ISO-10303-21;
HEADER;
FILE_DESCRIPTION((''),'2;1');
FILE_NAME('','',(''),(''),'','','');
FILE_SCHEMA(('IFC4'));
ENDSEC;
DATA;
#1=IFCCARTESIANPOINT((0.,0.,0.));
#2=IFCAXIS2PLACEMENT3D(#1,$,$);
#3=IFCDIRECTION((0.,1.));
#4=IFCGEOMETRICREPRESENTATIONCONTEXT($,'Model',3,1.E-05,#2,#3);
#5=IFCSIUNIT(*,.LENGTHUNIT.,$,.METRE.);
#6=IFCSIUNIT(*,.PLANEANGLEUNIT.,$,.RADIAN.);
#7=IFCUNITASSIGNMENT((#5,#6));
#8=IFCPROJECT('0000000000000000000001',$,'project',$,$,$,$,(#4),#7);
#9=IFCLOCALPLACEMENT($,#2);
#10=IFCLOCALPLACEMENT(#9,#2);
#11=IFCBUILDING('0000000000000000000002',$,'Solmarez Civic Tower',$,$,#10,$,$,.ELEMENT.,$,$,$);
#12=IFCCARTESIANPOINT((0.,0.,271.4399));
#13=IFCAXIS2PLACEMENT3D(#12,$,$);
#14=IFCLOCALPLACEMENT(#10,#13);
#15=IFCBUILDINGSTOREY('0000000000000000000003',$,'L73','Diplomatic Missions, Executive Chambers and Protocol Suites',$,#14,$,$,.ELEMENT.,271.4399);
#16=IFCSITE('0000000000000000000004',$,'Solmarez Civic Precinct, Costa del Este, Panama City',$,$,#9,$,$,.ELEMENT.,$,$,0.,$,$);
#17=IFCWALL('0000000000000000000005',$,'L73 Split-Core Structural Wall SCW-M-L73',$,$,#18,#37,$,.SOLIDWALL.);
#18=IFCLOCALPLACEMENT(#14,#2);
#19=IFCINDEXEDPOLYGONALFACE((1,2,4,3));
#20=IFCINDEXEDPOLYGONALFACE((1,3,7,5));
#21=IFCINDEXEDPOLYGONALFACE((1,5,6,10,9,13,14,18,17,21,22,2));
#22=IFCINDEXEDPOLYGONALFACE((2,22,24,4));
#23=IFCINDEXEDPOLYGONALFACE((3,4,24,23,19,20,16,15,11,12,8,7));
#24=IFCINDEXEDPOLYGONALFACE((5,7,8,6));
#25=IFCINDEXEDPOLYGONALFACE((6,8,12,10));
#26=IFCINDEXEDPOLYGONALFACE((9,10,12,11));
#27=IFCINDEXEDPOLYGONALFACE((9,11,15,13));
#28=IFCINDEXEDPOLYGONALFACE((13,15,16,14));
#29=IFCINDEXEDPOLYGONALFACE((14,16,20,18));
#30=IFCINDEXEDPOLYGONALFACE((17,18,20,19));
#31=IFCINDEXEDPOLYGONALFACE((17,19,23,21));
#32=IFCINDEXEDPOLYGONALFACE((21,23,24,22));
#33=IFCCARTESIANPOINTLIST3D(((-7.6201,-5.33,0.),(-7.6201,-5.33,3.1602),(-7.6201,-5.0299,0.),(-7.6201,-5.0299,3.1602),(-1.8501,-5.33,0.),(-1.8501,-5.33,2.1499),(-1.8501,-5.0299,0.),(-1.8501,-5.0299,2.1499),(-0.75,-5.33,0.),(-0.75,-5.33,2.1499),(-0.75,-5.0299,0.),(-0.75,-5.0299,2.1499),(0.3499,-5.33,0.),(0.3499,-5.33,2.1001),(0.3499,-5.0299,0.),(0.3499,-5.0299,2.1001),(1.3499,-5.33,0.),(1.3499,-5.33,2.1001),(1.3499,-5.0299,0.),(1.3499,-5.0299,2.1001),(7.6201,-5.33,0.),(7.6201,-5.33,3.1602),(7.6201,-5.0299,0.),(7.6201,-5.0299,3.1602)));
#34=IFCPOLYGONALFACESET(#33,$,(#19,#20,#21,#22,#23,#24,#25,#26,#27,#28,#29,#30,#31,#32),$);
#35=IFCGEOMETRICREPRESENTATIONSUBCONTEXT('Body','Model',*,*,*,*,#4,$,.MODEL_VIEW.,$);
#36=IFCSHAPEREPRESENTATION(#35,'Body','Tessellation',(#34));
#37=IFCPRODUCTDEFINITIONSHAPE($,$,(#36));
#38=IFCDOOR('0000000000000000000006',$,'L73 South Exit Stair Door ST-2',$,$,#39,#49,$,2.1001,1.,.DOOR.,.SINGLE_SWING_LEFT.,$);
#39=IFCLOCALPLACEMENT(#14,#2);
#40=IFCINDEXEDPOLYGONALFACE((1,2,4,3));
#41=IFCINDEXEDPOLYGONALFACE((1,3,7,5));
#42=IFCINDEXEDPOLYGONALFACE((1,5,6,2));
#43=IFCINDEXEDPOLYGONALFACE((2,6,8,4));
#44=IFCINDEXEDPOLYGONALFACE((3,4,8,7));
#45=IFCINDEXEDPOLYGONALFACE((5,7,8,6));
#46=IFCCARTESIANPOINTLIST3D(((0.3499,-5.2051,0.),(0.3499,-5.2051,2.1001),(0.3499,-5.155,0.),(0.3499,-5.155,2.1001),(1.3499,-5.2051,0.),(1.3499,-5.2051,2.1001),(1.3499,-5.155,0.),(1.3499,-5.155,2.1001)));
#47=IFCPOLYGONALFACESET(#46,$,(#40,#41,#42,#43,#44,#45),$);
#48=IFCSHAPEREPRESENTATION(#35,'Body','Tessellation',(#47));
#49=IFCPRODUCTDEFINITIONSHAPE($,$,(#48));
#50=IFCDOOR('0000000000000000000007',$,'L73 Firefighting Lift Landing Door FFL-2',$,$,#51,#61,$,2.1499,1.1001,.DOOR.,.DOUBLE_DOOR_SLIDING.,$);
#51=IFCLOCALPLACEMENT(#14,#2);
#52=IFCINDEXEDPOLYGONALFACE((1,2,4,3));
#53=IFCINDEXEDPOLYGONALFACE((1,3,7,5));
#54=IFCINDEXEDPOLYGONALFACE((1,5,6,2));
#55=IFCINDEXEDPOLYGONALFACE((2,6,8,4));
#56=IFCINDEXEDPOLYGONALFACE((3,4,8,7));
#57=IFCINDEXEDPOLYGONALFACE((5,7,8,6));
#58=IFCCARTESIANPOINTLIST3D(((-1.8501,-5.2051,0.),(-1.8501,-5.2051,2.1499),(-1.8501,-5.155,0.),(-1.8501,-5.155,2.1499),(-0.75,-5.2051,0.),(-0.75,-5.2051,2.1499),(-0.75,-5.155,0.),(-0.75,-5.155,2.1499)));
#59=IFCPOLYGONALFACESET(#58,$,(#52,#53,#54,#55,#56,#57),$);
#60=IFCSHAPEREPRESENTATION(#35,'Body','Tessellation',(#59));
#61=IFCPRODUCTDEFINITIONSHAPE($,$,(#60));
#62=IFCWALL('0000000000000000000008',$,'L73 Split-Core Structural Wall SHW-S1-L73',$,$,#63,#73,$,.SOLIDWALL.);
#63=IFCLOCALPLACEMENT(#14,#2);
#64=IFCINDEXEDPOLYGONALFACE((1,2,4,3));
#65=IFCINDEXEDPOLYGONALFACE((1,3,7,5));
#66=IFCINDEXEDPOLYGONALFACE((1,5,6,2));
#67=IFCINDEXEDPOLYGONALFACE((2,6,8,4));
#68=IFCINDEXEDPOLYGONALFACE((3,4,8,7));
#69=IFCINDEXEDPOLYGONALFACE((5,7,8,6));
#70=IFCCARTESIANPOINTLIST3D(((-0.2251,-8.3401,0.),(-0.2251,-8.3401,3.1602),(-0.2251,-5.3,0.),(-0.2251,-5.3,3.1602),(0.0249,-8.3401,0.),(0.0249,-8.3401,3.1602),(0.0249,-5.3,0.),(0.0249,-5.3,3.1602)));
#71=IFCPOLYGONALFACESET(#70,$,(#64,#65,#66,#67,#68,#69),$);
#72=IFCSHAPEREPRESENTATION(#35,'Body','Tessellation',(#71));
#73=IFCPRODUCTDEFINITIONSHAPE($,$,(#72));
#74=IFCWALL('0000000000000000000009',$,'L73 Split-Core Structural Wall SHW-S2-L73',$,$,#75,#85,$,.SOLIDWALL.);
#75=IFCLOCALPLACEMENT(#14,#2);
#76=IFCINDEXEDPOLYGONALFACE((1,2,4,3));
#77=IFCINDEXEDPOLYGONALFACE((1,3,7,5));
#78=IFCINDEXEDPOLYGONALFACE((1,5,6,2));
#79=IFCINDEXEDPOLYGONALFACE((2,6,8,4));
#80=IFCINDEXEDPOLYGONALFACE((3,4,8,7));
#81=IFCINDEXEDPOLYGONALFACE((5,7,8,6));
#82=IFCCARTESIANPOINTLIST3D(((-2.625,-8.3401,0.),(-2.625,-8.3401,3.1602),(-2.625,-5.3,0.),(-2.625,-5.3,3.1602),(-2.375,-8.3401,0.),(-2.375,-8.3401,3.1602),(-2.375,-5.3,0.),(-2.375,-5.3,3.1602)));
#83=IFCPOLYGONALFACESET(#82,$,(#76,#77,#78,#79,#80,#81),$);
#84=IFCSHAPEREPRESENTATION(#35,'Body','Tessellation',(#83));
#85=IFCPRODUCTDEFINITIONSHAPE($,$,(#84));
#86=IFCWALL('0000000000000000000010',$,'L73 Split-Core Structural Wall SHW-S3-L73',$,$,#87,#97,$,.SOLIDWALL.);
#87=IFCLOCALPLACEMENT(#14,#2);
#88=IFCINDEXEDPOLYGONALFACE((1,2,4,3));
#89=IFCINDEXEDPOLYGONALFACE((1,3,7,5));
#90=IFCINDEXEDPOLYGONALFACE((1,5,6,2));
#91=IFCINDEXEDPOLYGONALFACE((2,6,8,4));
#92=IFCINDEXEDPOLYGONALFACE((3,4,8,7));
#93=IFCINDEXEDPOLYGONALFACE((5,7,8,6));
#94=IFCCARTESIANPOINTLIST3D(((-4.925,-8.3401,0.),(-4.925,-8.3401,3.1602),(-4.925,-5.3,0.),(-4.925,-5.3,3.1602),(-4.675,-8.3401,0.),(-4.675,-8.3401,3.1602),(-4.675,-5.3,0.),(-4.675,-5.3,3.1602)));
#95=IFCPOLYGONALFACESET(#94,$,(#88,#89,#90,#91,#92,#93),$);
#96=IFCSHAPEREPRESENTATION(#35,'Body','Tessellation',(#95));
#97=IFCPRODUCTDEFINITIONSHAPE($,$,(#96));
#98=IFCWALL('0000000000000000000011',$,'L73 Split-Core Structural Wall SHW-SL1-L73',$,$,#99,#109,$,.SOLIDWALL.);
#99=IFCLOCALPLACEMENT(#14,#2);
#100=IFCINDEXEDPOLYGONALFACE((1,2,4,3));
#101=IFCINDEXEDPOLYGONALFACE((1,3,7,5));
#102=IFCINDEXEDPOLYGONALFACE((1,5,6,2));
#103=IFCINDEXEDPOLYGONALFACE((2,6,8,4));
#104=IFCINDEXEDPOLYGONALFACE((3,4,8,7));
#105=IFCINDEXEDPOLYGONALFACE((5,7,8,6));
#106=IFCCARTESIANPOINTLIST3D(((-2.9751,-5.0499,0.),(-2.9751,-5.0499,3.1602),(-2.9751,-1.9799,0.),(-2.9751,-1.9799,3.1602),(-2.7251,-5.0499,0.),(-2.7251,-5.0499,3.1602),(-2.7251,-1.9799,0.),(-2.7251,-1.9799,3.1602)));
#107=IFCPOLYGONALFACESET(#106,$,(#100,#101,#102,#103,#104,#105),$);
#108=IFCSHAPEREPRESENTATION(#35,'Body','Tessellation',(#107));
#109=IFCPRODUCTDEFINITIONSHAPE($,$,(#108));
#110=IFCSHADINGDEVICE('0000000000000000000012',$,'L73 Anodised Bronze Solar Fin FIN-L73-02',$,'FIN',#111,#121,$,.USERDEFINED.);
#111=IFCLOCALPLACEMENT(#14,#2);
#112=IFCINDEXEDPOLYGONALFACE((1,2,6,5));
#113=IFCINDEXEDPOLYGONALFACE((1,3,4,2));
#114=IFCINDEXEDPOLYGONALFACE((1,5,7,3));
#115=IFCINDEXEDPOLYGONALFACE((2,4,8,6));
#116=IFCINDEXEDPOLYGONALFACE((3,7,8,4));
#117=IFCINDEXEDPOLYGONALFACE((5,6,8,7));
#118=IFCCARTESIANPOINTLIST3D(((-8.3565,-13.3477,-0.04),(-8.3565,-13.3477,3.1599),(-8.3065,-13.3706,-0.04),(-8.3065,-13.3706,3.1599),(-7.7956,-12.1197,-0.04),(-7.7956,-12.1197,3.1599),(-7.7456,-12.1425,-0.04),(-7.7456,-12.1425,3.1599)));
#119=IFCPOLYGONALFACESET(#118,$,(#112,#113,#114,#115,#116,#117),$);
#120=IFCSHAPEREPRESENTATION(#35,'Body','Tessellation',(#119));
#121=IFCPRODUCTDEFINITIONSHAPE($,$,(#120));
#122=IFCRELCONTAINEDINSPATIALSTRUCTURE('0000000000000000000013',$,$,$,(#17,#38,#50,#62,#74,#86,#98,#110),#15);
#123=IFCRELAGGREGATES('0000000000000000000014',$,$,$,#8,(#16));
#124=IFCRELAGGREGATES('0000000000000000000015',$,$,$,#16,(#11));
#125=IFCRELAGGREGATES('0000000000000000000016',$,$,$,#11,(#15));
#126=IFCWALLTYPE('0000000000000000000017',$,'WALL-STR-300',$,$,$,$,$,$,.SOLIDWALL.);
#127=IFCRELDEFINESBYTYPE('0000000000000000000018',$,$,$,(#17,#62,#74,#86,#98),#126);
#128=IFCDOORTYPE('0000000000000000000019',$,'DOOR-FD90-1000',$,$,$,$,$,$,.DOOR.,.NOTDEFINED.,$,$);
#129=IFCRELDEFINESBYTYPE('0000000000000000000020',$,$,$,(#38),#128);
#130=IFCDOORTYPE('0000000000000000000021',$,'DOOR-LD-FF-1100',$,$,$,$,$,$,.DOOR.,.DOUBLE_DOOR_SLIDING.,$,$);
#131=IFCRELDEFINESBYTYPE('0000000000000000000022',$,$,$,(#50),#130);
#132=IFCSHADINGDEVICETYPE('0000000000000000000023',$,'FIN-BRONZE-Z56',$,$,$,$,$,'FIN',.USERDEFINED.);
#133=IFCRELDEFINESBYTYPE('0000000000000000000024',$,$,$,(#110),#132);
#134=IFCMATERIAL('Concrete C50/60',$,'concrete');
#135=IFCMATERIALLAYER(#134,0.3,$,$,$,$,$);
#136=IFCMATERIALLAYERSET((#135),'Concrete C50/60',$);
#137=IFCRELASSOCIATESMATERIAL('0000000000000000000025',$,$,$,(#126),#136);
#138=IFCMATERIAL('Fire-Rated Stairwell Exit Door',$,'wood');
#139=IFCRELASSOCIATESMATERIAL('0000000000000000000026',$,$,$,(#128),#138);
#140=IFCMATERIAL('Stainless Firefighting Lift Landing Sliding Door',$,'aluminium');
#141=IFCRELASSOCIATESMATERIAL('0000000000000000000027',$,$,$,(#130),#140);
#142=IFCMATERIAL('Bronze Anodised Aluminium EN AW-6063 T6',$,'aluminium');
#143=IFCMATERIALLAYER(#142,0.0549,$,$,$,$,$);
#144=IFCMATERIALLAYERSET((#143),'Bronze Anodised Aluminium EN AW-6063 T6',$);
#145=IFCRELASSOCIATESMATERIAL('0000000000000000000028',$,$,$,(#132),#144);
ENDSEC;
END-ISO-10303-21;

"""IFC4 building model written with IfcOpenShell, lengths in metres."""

from ifc_helpers import new_model, si_unit, direction, frame, frame_2d, origin, origin_2d, place, context, subcontext, project, spatial, rectangle, extrude, material, layer, layer_set, type_object, element, fill, save


model = new_model("IFC4")

# Units and contexts
model_context = context("Model", 3, precision=1e-05, world=origin(), true_north=direction((0.0, 1.0)))
body_context = subcontext(model_context, "Body", "Model", "MODEL_VIEW")
ifc_project = project(units=[si_unit("LENGTHUNIT", "METRE"), si_unit("PLANEANGLEUNIT", "RADIAN")], contexts=[model_context])

# Site, building, storey
site_placement = place(None, origin())
site = spatial("IfcSite", under=ifc_project, at=site_placement, Name="Solmarez Civic Precinct, Costa del Este, Panama City", CompositionType="ELEMENT", RefElevation=0.0)
building_placement = place(site_placement, origin())
building = spatial("IfcBuilding", under=site, at=building_placement, Name="Solmarez Civic Tower", CompositionType="ELEMENT")
storey_placement = place(building_placement, frame((0.0, 0.0, 271.4399)))
storey = spatial("IfcBuildingStorey", under=building, at=storey_placement, Name="L73", Description="Diplomatic Missions, Executive Chambers and Protocol Suites", CompositionType="ELEMENT", Elevation=271.4399)

# Shared definitions
ifc_material_1 = material(Name="Bronze Anodised Aluminium EN AW-6063 T6", Category="aluminium")

# Shared definitions
ifc_material_2 = material(Name="Concrete C50/60", Category="concrete")

# Wall, openings, doors
ifc_layer_1 = layer(ifc_material_2, 0.3)
ifc_layer_set_1 = layer_set([ifc_layer_1], Name="Concrete C50/60")
wall_type_1 = type_object("IfcWallType", Name="WALL-STR-300", PredefinedType="SOLIDWALL", material=ifc_layer_set_1)
wall_1_placement = place(storey_placement, frame((-7.6201, -5.1799, 0.0), z_axis=(0.0, 0.0, 1.0), x_axis=(1.0, 0.0, 0.0)))
wall_1 = element("IfcWall", 1, at=wall_1_placement, inside=storey, type_object=wall_type_1, Name="L73 Split-Core Structural Wall SCW-M-L73", PredefinedType="SOLIDWALL", context=body_context, shape_type="SweptSolid", body=[
    extrude(rectangle(XDim=15.2402, YDim=0.3, at=frame_2d((7.6201, 0.0))), origin(), (0.0, 0.0, 1.0), 3.1602),
])
opening_1_placement = place(wall_1_placement, frame((5.77, 0.0, 0.0)))
opening_1 = element("IfcOpeningElement", 2, at=opening_1_placement, cuts=wall_1, PredefinedType="OPENING", context=body_context, shape_type="SweptSolid", body=[
    extrude(rectangle(XDim=1.1001, YDim=2.1499, at=frame_2d((0.55, 1.075))), frame((0.0, 0.1599, 0.0), z_axis=(0.0, -1.0, 0.0), x_axis=(1.0, 0.0, 0.0)), (0.0, 0.0, 1.0), 0.3201),
])
opening_2_placement = place(wall_1_placement, frame((7.97, 0.0, 0.0)))
opening_2 = element("IfcOpeningElement", 3, at=opening_2_placement, cuts=wall_1, PredefinedType="OPENING", context=body_context, shape_type="SweptSolid", body=[
    extrude(rectangle(XDim=1.0, YDim=2.1001, at=frame_2d((0.5, 1.05))), frame((0.0, 0.1599, 0.0), z_axis=(0.0, -1.0, 0.0), x_axis=(1.0, 0.0, 0.0)), (0.0, 0.0, 1.0), 0.3201),
])
ifc_material_3 = material(Name="Fire-Rated Stairwell Exit Door", Category="wood")
door_type_1 = type_object("IfcDoorType", Name="DOOR-FD90-1000", OperationType="NOTDEFINED", PredefinedType="DOOR", material=ifc_material_3)
door_1_placement = place(opening_2_placement, origin())
door_1 = element("IfcDoor", 4, at=door_1_placement, inside=storey, type_object=door_type_1, Name="L73 South Exit Stair Door ST-2", OperationType="SINGLE_SWING_LEFT", OverallHeight=2.1001, OverallWidth=1.0, PredefinedType="DOOR", context=body_context, shape_type="SweptSolid", body=[
    extrude(rectangle(XDim=1.0, YDim=2.1001, at=frame_2d((0.5, 1.05))), frame((0.0, 0.0249, 0.0), z_axis=(0.0, -1.0, 0.0), x_axis=(1.0, 0.0, 0.0)), (0.0, 0.0, 1.0), 0.05),
])
fill(opening_2, door_1)
ifc_material_4 = material(Name="Stainless Firefighting Lift Landing Sliding Door", Category="aluminium")
door_type_2 = type_object("IfcDoorType", Name="DOOR-LD-FF-1100", OperationType="DOUBLE_DOOR_SLIDING", PredefinedType="DOOR", material=ifc_material_4)
door_2_placement = place(opening_1_placement, origin())
door_2 = element("IfcDoor", 5, at=door_2_placement, inside=storey, type_object=door_type_2, Name="L73 Firefighting Lift Landing Door FFL-2", OperationType="DOUBLE_DOOR_SLIDING", OverallHeight=2.1499, OverallWidth=1.1001, PredefinedType="DOOR", context=body_context, shape_type="SweptSolid", body=[
    extrude(rectangle(XDim=1.1001, YDim=2.1499, at=frame_2d((0.55, 1.075))), frame((0.0, 0.0249, 0.0), z_axis=(0.0, -1.0, 0.0), x_axis=(1.0, 0.0, 0.0)), (0.0, 0.0, 1.0), 0.05),
])
fill(opening_1, door_2)

# Walls
for number, where, z_axis, x_axis, name in (
    (6, (-0.1001, -8.3401, 0.0), (0.0, 0.0, 1.0), (0.0, 1.0, 0.0), "L73 Split-Core Structural Wall SHW-S1-L73"),
    (7, (-2.5, -8.3401, 0.0), (0.0, 0.0, 1.0), (0.0, 1.0, 0.0), "L73 Split-Core Structural Wall SHW-S2-L73"),
    (8, (-4.8, -8.3401, 0.0), (0.0, 0.0, 1.0), (0.0, 1.0, 0.0), "L73 Split-Core Structural Wall SHW-S3-L73"),
):
    element("IfcWall", number, at=place(storey_placement, frame(where, z_axis=z_axis, x_axis=x_axis)), inside=storey, type_object=wall_type_1, Name=name, PredefinedType="SOLIDWALL", context=body_context, shape_type="SweptSolid", body=[
        extrude(rectangle(XDim=3.04, YDim=0.25, at=frame_2d((1.52, 0.0))), origin(), (0.0, 0.0, 1.0), 3.1602),
    ])
wall_2_placement = place(storey_placement, frame((-2.8501, -5.05, 0.0), z_axis=(0.0, 0.0, 1.0), x_axis=(0.0, 1.0, 0.0)))
element("IfcWall", 9, at=wall_2_placement, inside=storey, type_object=wall_type_1, Name="L73 Split-Core Structural Wall SHW-SL1-L73", PredefinedType="SOLIDWALL", context=body_context, shape_type="SweptSolid", body=[
    extrude(rectangle(XDim=3.0701, YDim=0.25, at=frame_2d((1.5352, 0.0))), origin(), (0.0, 0.0, 1.0), 3.1602),
])

# Shading device
ifc_layer_2 = layer(ifc_material_1, 0.0549)
ifc_layer_set_2 = layer_set([ifc_layer_2], Name="Bronze Anodised Aluminium EN AW-6063 T6")
shading_device_type = type_object("IfcShadingDeviceType", Name="FIN-BRONZE-Z56", ElementType="FIN", PredefinedType="USERDEFINED", material=ifc_layer_set_2)
shading_device_placement = place(storey_placement, frame((-8.051, -12.7451, -0.04), z_axis=(0.0, 0.0, 1.0), x_axis=(-0.415455, -0.909614, 0.0)))
element("IfcShadingDevice", 10, at=shading_device_placement, inside=storey, type_object=shading_device_type, Name="L73 Anodised Bronze Solar Fin FIN-L73-02", ObjectType="FIN", PredefinedType="USERDEFINED", context=body_context, shape_type="SweptSolid", body=[
    extrude(rectangle(XDim=1.3501, YDim=0.0549, at=origin_2d()), origin(), (0.0, 0.0, 1.0), 3.2),
])

save(model, "model.ifc")
